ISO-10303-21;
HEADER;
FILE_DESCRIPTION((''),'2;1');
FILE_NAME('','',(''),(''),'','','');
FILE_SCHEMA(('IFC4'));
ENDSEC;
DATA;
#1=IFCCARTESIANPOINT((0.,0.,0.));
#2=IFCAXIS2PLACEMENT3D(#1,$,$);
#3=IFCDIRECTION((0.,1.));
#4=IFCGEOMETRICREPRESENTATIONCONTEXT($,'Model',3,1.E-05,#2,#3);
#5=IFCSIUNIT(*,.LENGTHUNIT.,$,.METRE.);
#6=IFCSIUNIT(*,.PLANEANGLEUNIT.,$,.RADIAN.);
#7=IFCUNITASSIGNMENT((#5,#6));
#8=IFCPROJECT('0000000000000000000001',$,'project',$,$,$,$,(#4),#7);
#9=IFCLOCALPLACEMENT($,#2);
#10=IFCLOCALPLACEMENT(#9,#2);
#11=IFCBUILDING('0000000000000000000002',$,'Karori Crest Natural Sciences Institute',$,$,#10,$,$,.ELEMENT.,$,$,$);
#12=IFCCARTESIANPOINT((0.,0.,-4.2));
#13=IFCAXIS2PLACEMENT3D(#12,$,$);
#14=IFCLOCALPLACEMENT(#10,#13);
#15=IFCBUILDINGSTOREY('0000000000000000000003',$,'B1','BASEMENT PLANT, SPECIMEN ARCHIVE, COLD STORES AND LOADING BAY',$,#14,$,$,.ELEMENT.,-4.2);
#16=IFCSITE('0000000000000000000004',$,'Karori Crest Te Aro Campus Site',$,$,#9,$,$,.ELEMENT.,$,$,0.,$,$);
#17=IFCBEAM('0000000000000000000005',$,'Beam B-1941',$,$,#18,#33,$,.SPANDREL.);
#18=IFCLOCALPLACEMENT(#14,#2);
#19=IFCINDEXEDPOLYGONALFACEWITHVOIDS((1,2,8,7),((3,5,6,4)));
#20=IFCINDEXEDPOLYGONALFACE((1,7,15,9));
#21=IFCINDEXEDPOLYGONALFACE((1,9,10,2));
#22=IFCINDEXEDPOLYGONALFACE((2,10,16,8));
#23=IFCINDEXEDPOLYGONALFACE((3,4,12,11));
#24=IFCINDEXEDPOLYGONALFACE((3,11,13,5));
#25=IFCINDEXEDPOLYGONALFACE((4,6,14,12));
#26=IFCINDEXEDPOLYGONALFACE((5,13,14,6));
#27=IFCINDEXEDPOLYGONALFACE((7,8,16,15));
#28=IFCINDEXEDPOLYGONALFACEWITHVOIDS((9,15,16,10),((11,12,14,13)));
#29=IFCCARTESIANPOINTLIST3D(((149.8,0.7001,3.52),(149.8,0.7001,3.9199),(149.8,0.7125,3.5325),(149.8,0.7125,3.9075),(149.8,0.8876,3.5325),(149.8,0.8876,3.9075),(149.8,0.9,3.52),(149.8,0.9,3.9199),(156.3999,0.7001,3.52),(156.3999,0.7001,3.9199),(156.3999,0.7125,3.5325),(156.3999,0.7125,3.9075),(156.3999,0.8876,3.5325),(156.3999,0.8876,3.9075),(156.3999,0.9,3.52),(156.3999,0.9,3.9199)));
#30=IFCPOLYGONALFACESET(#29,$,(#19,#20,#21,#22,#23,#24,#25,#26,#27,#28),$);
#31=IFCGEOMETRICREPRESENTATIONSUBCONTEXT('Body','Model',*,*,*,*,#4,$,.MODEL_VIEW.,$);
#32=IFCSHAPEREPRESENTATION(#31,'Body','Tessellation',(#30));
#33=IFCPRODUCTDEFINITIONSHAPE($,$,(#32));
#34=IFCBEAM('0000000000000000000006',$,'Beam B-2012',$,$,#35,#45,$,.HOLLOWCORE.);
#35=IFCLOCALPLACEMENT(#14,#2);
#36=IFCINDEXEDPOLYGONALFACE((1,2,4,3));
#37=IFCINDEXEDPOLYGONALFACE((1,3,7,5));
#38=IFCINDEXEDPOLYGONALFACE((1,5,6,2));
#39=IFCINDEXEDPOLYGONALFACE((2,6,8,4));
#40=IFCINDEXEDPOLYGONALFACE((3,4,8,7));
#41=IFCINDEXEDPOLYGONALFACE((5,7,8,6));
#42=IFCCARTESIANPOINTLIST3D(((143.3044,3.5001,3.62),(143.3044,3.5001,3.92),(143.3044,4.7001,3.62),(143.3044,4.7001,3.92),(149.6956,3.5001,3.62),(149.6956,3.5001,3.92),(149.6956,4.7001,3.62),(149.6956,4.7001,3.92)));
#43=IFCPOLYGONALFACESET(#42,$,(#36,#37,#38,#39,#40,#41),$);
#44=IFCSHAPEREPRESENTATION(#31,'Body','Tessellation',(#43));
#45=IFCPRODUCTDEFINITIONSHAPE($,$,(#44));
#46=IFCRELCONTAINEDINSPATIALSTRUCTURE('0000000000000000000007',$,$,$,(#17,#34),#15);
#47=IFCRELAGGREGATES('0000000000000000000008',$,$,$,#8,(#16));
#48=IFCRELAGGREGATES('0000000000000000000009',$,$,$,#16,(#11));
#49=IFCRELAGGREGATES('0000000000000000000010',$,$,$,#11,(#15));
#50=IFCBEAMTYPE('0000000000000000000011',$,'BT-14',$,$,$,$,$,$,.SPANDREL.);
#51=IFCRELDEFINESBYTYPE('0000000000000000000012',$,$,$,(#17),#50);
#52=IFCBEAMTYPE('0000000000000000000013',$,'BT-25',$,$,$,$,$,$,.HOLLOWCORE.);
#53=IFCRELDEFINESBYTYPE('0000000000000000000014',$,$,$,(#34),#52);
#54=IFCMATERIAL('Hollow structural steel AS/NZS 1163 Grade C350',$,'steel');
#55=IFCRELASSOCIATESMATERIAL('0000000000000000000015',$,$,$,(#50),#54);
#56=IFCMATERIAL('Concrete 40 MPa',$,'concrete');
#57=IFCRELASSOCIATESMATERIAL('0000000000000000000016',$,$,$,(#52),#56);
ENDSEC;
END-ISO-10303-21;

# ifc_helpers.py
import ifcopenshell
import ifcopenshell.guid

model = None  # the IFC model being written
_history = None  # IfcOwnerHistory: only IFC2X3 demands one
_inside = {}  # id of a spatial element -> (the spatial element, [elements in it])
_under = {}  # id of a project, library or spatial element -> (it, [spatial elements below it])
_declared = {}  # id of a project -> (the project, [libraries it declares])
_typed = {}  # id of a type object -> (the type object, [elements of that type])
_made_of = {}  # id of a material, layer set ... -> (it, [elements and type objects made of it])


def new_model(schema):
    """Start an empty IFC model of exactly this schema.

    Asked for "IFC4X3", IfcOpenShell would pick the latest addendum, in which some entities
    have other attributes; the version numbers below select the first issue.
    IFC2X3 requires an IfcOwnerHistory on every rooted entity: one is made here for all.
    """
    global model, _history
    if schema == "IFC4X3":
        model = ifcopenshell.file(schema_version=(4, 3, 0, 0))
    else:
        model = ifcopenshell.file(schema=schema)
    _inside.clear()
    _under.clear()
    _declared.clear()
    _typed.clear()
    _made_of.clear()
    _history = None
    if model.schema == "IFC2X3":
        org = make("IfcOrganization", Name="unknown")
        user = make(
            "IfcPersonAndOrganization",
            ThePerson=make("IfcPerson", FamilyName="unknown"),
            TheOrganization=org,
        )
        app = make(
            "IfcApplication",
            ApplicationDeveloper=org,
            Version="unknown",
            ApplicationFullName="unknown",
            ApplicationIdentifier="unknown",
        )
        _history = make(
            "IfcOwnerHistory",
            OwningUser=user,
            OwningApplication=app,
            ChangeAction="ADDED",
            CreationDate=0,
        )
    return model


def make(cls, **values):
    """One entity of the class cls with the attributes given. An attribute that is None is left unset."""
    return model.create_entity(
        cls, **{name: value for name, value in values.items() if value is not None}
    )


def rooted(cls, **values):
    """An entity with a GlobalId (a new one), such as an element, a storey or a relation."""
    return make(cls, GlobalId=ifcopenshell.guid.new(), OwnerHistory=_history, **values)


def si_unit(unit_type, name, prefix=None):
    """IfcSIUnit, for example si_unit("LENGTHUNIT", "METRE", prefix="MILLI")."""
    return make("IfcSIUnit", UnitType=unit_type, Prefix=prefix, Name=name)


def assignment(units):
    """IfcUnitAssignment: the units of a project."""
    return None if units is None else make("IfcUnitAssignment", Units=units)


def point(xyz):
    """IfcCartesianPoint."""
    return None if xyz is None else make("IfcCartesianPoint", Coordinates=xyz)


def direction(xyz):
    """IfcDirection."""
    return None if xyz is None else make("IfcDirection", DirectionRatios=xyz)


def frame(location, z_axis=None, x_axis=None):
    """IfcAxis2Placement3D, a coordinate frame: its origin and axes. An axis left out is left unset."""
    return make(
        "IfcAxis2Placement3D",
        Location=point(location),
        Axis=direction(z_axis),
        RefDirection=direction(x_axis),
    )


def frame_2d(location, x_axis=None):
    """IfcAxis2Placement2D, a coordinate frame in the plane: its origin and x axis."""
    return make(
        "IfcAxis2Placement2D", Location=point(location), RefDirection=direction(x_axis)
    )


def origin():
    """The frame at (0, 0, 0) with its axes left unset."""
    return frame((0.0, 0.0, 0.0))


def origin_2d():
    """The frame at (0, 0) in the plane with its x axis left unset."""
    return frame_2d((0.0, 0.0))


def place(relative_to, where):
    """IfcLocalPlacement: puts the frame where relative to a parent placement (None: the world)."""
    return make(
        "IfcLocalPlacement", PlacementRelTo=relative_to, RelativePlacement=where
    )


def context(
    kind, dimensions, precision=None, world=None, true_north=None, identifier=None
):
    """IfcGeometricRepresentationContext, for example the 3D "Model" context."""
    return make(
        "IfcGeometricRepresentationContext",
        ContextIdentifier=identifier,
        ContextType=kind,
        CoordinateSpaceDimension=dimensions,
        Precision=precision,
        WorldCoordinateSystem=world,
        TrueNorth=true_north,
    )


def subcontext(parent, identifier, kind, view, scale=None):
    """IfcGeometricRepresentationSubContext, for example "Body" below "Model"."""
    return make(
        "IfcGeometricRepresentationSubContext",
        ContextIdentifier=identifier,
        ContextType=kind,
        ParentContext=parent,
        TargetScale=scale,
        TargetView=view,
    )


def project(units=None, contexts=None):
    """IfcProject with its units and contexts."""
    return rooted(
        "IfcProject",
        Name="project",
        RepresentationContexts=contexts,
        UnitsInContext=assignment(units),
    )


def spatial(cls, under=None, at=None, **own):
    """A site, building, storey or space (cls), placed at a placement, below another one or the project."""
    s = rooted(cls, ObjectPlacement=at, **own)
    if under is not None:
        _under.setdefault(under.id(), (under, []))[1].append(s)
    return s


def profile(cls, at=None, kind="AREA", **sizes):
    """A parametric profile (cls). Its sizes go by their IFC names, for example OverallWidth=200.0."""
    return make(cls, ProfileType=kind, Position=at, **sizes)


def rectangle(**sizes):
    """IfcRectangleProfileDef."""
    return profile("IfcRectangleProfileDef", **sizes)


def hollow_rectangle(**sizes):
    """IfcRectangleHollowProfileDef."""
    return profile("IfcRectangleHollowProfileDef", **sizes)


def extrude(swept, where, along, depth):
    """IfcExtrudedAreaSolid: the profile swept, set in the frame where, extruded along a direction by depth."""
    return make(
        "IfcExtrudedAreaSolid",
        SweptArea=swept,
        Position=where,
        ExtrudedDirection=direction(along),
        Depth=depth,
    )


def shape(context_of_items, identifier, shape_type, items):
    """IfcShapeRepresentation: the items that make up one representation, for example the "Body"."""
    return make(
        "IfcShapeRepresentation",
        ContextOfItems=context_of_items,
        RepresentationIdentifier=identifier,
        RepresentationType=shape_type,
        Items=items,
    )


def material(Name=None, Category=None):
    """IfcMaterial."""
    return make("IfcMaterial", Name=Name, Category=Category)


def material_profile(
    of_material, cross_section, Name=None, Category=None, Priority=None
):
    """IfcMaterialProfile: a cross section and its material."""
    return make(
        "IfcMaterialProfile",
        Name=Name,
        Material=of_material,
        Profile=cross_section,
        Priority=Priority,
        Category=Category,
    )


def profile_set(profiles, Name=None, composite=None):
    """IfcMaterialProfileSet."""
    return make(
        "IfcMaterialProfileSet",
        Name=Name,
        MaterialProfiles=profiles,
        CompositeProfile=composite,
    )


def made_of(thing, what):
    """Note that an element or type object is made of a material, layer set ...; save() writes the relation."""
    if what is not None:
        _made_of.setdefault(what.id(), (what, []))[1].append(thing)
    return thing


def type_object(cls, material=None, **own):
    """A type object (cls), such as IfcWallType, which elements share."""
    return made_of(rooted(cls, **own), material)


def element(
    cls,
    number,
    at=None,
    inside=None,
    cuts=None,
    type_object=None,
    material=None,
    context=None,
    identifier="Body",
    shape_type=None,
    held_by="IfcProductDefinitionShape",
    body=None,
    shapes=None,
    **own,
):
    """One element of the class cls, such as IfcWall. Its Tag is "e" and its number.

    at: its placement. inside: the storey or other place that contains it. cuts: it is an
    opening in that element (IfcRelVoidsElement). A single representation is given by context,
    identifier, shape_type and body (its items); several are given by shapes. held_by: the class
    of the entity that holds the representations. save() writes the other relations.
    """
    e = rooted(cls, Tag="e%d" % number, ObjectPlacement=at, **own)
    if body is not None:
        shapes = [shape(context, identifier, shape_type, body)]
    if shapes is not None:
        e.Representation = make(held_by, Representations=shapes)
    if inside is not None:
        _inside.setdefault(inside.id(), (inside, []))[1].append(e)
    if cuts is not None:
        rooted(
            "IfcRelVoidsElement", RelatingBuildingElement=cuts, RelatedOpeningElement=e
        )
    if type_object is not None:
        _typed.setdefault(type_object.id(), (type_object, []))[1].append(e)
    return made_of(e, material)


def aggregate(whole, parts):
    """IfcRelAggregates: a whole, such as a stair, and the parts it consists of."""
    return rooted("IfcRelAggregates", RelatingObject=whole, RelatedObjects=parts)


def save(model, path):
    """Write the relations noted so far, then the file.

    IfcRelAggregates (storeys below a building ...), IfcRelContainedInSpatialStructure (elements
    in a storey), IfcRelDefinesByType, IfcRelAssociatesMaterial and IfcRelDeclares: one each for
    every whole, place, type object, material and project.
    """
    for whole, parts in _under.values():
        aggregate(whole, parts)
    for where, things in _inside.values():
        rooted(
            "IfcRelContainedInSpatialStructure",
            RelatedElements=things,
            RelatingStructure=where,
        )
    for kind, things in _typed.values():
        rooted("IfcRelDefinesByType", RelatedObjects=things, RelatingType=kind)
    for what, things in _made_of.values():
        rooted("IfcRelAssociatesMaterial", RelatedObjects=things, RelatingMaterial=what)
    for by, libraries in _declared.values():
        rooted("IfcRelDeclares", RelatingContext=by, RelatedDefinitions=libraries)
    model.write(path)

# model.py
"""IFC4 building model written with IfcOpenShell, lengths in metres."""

from ifc_helpers import new_model, si_unit, direction, frame, origin, origin_2d, place, context, subcontext, project, spatial, rectangle, hollow_rectangle, extrude, material, material_profile, profile_set, type_object, element, save


model = new_model("IFC4")

# Units and contexts
model_context = context("Model", 3, precision=1e-05, world=origin(), true_north=direction((0.0, 1.0)))
body_context = subcontext(model_context, "Body", "Model", "MODEL_VIEW")
ifc_project = project(units=[si_unit("LENGTHUNIT", "METRE"), si_unit("PLANEANGLEUNIT", "RADIAN")], contexts=[model_context])

# Site, building, storey
site_placement = place(None, origin())
site = spatial("IfcSite", under=ifc_project, at=site_placement, Name="Karori Crest Te Aro Campus Site", CompositionType="ELEMENT", RefElevation=0.0)
building_placement = place(site_placement, origin())
building = spatial("IfcBuilding", under=site, at=building_placement, Name="Karori Crest Natural Sciences Institute", CompositionType="ELEMENT")
storey_placement = place(building_placement, frame((0.0, 0.0, -4.2)))
storey = spatial("IfcBuildingStorey", under=building, at=storey_placement, Name="B1", Description="BASEMENT PLANT, SPECIMEN ARCHIVE, COLD STORES AND LOADING BAY", CompositionType="ELEMENT", Elevation=-4.2)

# Shared definitions
ifc_material_1 = material(Name="Concrete 40 MPa", Category="concrete")

# Beams
ifc_material_2 = material(Name="Hollow structural steel AS/NZS 1163 Grade C350", Category="steel")
ifc_material_profile_1 = material_profile(ifc_material_2, hollow_rectangle(XDim=0.2, YDim=0.3999, WallThickness=0.0125, at=origin_2d()), Name="RHS400x200x12.5")
ifc_profile_set_1 = profile_set([ifc_material_profile_1], Name="Hollow structural steel AS/NZS 1163 Grade C350")
beam_type_1 = type_object("IfcBeamType", Name="BT-14", PredefinedType="SPANDREL", material=ifc_profile_set_1)
beam_1_placement = place(storey_placement, frame((149.8, 0.8, 3.72), z_axis=(1.0, 0.0, 0.0), x_axis=(0.0, 1.0, 0.0)))
element("IfcBeam", 1, at=beam_1_placement, inside=storey, type_object=beam_type_1, Name="Beam B-1941", PredefinedType="SPANDREL", context=body_context, shape_type="SweptSolid", body=[
    extrude(hollow_rectangle(XDim=0.2, YDim=0.3999, WallThickness=0.0125, at=origin_2d()), origin(), (0.0, 0.0, 1.0), 6.5999),
])
ifc_material_profile_2 = material_profile(ifc_material_1, rectangle(XDim=1.2, YDim=0.3, at=origin_2d()), Name="HCP1200x300")
ifc_profile_set_2 = profile_set([ifc_material_profile_2], Name="Concrete 40 MPa")
beam_type_2 = type_object("IfcBeamType", Name="BT-25", PredefinedType="HOLLOWCORE", material=ifc_profile_set_2)
beam_2_placement = place(storey_placement, frame((143.3044, 4.1001, 3.77), z_axis=(1.0, 0.0, 0.0), x_axis=(0.0, 1.0, 0.0)))
element("IfcBeam", 2, at=beam_2_placement, inside=storey, type_object=beam_type_2, Name="Beam B-2012", PredefinedType="HOLLOWCORE", context=body_context, shape_type="SweptSolid", body=[
    extrude(rectangle(XDim=1.2, YDim=0.3, at=origin_2d()), origin(), (0.0, 0.0, 1.0), 6.3911),
])

save(model, "model.ifc")
